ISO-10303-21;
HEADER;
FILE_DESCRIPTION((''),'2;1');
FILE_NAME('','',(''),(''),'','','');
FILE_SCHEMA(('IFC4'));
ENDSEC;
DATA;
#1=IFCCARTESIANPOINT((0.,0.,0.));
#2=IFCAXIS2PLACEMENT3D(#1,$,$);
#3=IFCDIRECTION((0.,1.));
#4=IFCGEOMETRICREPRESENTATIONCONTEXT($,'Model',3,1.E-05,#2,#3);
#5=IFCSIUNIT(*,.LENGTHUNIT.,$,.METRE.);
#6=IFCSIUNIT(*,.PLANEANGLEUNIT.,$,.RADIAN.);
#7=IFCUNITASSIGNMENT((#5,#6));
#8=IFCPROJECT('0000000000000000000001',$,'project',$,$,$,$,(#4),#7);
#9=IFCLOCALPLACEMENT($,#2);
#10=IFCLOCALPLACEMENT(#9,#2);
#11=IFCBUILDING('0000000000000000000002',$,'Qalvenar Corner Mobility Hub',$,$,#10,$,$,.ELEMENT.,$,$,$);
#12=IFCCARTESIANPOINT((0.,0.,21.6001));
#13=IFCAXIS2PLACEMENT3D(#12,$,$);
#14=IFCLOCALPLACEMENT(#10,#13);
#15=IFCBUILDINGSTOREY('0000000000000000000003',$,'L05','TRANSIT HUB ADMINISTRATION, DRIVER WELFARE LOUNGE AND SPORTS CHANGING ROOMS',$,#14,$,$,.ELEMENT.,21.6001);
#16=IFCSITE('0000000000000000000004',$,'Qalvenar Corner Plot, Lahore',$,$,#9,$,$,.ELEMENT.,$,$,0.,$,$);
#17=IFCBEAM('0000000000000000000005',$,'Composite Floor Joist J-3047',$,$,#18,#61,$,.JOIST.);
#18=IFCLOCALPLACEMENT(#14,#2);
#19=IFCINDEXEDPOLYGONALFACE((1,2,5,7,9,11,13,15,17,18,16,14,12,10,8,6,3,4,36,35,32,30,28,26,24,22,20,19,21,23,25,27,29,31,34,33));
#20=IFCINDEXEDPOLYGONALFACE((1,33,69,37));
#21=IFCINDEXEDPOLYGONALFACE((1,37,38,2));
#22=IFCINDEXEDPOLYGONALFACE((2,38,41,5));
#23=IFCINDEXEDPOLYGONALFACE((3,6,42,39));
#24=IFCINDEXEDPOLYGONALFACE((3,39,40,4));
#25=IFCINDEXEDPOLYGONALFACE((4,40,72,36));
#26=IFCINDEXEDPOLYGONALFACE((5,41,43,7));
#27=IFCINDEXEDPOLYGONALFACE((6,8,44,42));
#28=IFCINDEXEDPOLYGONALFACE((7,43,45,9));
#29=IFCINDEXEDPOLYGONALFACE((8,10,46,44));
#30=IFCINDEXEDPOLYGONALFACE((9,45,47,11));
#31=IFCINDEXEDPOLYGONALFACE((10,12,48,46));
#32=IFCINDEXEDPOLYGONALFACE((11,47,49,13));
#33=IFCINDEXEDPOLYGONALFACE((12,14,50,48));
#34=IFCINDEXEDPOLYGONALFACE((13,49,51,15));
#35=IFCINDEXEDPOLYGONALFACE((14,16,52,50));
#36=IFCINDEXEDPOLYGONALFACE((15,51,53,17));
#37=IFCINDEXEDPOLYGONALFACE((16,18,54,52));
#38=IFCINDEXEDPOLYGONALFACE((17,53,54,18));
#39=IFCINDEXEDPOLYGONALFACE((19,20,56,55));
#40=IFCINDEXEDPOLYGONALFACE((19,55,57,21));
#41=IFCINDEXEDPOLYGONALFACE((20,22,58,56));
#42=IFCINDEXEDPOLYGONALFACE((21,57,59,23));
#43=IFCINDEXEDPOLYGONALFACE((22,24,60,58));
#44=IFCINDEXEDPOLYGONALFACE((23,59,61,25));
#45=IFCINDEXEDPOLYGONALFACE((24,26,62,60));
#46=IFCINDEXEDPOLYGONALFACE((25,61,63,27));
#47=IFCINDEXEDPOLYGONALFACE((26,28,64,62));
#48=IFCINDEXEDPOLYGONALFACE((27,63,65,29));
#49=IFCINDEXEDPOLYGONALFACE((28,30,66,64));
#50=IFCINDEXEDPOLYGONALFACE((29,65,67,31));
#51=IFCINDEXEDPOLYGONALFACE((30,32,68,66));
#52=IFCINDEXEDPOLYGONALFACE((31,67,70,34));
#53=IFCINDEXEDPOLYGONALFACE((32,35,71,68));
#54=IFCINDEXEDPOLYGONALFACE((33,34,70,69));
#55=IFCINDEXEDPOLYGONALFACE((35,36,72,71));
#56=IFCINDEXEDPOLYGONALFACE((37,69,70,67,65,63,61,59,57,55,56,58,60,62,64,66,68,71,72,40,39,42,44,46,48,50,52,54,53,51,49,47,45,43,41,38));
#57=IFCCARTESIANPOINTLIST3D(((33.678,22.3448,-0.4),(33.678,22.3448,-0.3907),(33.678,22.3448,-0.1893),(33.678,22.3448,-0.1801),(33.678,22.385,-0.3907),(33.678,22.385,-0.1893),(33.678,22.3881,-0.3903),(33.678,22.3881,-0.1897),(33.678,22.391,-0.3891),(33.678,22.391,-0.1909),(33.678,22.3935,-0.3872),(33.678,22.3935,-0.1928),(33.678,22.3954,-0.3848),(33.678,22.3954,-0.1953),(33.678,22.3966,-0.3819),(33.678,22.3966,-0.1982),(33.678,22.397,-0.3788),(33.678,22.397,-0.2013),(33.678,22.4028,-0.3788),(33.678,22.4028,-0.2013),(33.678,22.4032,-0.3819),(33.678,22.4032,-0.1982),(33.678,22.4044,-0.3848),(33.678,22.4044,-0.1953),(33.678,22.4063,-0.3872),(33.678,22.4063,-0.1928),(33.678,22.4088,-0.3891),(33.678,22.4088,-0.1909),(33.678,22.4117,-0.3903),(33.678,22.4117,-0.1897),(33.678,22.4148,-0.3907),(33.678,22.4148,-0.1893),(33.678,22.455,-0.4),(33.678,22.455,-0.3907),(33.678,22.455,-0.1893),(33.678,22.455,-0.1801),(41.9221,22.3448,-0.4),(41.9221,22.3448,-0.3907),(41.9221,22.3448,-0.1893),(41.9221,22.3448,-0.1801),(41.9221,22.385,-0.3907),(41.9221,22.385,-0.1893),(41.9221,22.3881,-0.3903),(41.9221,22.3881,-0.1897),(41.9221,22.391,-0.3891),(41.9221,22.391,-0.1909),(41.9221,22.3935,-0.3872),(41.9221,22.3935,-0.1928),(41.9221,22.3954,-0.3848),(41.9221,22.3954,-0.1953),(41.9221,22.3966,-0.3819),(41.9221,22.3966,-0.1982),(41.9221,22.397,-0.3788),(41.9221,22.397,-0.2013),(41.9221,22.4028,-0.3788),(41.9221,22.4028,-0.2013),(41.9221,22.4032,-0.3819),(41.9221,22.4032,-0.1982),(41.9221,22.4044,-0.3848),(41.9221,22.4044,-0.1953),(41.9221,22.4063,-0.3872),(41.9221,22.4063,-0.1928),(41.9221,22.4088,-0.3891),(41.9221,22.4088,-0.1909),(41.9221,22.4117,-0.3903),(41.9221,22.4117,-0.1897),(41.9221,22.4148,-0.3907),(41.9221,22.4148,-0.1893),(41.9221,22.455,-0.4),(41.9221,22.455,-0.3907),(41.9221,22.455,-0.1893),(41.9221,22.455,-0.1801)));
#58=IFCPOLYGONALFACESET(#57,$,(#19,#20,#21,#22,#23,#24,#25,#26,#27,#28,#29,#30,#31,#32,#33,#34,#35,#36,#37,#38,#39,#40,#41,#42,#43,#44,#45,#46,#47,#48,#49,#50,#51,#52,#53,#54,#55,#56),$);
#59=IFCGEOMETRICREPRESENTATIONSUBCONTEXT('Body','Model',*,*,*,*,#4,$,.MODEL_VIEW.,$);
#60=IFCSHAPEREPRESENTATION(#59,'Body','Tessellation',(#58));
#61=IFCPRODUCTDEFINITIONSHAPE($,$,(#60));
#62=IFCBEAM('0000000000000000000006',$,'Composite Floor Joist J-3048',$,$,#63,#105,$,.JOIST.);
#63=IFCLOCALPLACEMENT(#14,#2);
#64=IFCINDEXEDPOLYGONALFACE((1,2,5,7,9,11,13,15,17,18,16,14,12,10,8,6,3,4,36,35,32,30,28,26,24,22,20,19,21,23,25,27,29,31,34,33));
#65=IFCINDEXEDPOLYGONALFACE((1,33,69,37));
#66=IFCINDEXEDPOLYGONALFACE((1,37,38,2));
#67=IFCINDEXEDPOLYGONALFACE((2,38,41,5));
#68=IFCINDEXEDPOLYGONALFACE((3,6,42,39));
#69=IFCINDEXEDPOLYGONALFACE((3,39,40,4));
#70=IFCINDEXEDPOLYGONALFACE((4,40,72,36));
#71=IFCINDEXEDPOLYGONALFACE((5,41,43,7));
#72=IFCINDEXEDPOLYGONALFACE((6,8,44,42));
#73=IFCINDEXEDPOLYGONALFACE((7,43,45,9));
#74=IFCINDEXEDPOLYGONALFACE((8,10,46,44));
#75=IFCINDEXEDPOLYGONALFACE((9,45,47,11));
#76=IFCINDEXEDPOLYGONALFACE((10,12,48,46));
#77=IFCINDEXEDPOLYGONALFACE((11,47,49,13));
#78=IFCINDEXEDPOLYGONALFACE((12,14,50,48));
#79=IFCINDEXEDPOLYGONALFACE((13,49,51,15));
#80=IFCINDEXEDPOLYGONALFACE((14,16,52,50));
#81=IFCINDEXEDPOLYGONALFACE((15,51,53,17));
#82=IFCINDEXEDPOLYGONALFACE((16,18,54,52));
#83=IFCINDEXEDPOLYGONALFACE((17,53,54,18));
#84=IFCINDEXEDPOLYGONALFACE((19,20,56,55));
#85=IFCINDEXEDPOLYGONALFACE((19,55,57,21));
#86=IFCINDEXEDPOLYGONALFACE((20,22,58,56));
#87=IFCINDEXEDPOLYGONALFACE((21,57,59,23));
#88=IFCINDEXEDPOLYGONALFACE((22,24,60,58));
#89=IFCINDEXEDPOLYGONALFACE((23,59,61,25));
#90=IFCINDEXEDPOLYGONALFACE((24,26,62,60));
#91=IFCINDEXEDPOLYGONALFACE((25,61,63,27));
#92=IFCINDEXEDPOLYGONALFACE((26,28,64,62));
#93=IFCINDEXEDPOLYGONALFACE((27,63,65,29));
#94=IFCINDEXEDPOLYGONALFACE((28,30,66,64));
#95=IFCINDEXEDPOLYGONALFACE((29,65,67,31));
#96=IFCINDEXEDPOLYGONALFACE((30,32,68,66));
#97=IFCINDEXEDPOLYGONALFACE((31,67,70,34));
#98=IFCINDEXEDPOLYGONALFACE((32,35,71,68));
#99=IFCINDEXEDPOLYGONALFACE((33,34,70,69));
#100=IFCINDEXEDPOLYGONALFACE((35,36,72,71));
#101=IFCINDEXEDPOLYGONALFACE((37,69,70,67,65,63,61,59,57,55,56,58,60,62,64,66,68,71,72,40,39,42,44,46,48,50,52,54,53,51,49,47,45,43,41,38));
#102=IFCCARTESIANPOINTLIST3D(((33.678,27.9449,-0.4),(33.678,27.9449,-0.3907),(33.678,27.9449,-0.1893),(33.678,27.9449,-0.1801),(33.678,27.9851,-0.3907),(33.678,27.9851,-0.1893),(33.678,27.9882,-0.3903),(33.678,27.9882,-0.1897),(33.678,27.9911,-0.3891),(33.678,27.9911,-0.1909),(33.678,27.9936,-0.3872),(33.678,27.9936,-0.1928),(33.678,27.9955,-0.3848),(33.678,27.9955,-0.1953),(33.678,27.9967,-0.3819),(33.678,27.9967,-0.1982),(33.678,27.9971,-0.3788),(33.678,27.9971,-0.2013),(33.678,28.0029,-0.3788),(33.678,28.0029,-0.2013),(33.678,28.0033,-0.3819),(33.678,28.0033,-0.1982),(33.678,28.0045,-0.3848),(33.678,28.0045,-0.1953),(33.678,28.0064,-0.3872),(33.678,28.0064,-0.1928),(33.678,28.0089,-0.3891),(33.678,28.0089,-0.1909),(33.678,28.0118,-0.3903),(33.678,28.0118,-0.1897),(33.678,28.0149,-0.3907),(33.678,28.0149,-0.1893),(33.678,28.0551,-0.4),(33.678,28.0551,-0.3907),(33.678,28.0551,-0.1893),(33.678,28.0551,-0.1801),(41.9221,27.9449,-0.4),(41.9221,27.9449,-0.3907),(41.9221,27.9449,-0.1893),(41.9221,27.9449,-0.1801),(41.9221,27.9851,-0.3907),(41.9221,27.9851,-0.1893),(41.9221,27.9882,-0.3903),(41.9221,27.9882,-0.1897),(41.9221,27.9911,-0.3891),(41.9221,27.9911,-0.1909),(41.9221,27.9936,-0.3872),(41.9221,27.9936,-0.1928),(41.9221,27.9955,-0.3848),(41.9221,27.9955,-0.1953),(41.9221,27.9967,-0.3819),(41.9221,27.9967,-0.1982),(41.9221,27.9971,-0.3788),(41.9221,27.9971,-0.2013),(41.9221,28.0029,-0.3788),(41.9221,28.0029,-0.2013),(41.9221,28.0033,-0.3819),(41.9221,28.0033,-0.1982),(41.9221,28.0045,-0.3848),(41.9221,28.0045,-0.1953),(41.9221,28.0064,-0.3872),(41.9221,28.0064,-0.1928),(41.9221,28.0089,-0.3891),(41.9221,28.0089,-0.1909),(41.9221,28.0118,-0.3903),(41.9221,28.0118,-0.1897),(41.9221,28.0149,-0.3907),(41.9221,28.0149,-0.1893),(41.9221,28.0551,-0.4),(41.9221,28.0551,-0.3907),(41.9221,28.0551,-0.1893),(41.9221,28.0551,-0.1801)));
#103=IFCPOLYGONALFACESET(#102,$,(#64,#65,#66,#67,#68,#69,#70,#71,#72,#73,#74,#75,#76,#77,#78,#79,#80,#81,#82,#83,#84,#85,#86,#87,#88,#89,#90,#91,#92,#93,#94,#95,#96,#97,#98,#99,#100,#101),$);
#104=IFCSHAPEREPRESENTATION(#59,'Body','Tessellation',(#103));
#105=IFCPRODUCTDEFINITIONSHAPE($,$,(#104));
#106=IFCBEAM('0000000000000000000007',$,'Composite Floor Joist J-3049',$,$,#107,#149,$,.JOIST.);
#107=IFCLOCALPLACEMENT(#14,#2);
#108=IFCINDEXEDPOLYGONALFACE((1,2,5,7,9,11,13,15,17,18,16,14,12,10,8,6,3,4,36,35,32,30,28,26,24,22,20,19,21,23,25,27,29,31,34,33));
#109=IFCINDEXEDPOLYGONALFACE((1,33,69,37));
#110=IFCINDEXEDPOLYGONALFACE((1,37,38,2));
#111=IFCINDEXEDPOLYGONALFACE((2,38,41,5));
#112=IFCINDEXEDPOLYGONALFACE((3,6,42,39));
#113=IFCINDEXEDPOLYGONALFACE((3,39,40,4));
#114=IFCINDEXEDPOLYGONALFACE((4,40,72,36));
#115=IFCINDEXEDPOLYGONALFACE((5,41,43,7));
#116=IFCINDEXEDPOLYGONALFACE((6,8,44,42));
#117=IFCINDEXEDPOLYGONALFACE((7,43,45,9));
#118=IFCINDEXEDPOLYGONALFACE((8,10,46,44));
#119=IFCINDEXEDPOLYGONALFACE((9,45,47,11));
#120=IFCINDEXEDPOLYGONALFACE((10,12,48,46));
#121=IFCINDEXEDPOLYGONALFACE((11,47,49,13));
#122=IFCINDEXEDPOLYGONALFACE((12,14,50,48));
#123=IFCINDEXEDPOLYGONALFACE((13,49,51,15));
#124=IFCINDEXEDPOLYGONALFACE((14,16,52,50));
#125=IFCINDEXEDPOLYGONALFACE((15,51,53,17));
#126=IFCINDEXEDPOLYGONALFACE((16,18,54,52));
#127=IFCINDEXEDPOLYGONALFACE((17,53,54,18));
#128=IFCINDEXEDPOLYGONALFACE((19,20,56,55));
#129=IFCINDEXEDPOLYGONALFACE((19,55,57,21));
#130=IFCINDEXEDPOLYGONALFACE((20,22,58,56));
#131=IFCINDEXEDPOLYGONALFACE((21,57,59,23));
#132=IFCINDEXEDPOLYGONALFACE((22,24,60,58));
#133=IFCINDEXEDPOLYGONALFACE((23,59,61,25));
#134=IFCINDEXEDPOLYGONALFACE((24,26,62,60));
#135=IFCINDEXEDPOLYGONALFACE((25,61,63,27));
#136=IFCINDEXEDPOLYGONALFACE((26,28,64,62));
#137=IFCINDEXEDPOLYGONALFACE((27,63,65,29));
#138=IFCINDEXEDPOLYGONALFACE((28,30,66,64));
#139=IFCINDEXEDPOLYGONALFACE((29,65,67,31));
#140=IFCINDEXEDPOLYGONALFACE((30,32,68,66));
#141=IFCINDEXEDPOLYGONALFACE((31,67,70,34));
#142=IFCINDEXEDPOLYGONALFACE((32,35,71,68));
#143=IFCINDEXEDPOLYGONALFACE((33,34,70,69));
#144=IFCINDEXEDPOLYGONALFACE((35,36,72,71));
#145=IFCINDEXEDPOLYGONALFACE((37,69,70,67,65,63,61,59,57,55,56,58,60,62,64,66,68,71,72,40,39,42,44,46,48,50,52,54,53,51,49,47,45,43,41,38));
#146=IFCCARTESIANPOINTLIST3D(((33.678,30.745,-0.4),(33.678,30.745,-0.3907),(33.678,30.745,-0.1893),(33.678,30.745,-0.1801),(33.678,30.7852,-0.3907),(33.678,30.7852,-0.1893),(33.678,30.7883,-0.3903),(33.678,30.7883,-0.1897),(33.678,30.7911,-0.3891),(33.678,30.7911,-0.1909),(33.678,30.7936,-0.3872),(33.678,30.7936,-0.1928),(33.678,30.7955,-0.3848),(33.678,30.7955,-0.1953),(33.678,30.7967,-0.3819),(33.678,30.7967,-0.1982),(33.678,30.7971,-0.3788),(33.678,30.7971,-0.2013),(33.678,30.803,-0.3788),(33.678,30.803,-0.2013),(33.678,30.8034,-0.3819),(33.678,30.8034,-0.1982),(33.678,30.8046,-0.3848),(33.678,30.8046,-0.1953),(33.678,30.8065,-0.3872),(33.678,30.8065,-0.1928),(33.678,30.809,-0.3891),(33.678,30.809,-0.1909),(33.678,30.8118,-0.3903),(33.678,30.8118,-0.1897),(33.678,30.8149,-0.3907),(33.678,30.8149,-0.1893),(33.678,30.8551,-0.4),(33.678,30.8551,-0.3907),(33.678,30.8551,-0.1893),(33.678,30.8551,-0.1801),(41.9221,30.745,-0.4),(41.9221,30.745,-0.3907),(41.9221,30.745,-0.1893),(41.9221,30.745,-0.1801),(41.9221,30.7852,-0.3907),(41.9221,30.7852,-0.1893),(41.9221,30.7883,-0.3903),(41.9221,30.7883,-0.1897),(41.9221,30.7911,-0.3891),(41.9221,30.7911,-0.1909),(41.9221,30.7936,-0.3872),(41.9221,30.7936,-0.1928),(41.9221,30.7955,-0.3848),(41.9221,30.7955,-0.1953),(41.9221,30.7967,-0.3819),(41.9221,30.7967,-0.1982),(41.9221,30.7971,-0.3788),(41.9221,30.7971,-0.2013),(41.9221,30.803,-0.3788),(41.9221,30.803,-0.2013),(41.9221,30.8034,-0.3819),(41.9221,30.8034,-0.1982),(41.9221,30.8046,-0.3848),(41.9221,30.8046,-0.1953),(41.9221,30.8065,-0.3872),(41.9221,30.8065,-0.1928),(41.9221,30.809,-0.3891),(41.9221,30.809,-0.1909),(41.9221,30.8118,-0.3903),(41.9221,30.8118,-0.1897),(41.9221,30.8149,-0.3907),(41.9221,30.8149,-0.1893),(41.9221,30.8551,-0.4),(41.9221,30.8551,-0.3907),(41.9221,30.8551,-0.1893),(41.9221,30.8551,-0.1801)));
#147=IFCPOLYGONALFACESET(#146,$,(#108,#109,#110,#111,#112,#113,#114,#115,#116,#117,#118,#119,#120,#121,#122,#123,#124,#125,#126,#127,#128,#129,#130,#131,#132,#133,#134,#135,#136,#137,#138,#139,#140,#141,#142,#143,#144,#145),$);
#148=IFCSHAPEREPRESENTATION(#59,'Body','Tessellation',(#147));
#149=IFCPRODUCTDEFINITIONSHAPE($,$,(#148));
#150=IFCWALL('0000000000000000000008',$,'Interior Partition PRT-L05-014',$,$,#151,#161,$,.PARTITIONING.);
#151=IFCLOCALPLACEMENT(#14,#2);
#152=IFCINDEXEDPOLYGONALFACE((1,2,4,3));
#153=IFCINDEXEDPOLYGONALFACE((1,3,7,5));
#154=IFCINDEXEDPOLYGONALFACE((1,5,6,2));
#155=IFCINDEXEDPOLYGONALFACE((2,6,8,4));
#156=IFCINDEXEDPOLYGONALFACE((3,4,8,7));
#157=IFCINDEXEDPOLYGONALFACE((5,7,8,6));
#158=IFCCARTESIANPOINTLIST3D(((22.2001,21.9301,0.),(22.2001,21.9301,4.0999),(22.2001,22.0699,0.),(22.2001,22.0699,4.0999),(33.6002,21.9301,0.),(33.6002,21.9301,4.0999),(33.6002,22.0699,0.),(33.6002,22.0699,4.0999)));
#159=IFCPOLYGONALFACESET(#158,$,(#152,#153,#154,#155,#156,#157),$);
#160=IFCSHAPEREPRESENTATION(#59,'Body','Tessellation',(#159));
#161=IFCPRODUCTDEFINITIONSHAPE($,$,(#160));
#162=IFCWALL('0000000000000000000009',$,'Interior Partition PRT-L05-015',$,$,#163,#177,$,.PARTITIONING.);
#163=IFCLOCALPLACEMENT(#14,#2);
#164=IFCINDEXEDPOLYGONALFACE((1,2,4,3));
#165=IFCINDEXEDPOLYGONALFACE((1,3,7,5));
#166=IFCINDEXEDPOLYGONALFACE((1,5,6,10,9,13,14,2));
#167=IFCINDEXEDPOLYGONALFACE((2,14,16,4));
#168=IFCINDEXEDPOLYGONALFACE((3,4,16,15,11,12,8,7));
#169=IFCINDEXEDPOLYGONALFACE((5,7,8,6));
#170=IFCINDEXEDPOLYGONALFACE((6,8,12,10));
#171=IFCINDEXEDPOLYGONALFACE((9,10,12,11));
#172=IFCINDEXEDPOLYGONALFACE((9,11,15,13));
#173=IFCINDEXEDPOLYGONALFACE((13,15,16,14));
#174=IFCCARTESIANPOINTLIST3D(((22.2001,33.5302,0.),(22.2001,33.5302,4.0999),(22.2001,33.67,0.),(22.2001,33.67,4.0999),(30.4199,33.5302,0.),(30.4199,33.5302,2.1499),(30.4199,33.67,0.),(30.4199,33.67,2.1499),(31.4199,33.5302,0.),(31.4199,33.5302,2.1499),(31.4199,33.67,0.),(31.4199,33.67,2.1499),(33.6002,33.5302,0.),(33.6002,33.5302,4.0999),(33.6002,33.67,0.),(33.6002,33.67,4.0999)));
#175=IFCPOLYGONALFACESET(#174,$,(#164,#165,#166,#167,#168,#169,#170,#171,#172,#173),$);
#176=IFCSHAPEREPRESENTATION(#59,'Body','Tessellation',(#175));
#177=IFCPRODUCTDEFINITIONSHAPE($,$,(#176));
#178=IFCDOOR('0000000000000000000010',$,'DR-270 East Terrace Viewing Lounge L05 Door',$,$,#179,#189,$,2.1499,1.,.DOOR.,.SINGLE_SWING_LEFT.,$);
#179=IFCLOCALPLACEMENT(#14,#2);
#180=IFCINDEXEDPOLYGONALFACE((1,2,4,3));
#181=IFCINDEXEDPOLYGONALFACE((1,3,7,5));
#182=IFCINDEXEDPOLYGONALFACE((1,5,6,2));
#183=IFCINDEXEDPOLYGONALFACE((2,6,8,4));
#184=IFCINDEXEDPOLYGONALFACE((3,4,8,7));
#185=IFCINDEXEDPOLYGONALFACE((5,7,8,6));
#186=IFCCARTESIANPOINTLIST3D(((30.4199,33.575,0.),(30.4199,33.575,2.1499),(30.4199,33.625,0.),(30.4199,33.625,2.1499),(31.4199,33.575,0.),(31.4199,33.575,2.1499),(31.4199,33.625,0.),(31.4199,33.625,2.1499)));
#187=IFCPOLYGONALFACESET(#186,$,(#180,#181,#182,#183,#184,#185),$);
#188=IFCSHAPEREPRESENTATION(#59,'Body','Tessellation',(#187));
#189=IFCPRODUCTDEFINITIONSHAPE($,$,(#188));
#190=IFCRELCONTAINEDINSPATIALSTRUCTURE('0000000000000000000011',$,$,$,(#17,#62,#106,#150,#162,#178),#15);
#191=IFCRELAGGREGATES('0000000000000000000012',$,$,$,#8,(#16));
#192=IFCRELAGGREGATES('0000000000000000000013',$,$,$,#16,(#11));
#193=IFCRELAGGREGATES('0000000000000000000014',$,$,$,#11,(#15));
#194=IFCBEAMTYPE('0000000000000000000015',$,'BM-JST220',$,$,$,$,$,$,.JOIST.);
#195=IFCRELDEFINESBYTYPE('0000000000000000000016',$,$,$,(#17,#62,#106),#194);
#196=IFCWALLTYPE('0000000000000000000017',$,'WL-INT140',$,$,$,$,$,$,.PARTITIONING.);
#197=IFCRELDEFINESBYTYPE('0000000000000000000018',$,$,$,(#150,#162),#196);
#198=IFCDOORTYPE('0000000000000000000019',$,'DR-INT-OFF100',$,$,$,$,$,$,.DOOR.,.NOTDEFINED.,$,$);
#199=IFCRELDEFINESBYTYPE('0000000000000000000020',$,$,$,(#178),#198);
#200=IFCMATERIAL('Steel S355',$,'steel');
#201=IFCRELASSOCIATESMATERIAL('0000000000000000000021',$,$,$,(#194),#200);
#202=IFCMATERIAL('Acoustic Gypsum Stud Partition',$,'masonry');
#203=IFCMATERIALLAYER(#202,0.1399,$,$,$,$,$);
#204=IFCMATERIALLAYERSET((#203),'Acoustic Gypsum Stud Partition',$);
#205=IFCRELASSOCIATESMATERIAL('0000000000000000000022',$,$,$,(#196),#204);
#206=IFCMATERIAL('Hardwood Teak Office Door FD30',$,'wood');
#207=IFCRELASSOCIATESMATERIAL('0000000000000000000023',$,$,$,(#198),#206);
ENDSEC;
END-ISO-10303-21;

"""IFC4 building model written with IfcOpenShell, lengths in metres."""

from ifc_helpers import new_model, si_unit, direction, frame, frame_2d, origin, origin_2d, place, context, subcontext, project, spatial, rectangle, i_section, extrude, material, layer, layer_set, material_profile, profile_set, type_object, element, fill, save


model = new_model("IFC4")

# Units and contexts
model_context = context("Model", 3, precision=1e-05, world=origin(), true_north=direction((0.0, 1.0)))
body_context = subcontext(model_context, "Body", "Model", "MODEL_VIEW")
ifc_project = project(units=[si_unit("LENGTHUNIT", "METRE"), si_unit("PLANEANGLEUNIT", "RADIAN")], contexts=[model_context])

# Site, building, storey
site_placement = place(None, origin())
site = spatial("IfcSite", under=ifc_project, at=site_placement, Name="Qalvenar Corner Plot, Lahore", CompositionType="ELEMENT", RefElevation=0.0)
building_placement = place(site_placement, origin())
building = spatial("IfcBuilding", under=site, at=building_placement, Name="Qalvenar Corner Mobility Hub", CompositionType="ELEMENT")
storey_placement = place(building_placement, frame((0.0, 0.0, 21.6001)))
storey = spatial("IfcBuildingStorey", under=building, at=storey_placement, Name="L05", Description="TRANSIT HUB ADMINISTRATION, DRIVER WELFARE LOUNGE AND SPORTS CHANGING ROOMS", CompositionType="ELEMENT", Elevation=21.6001)

# Shared definitions
ifc_material_1 = material(Name="Steel S355", Category="steel")

# Beams
ifc_material_profile_1 = material_profile(ifc_material_1, i_section(OverallWidth=0.1101, OverallDepth=0.22, WebThickness=0.0059, FlangeThickness=0.0093, FilletRadius=0.012, at=origin_2d()), Name="IPE220")
ifc_profile_set_1 = profile_set([ifc_material_profile_1], Name="Steel S355")
beam_type_1 = type_object("IfcBeamType", Name="BM-JST220", PredefinedType="JOIST", material=ifc_profile_set_1)
for number, where, z_axis, x_axis, name in (
    (1, (33.678, 22.3999, -0.29), (1.0, 0.0, 0.0), (0.0, 1.0, 0.0), "Composite Floor Joist J-3047"),
    (2, (33.678, 28.0, -0.29), (1.0, 0.0, 0.0), (0.0, 1.0, 0.0), "Composite Floor Joist J-3048"),
    (3, (33.678, 30.8, -0.29), (1.0, 0.0, 0.0), (0.0, 1.0, 0.0), "Composite Floor Joist J-3049"),
):
    element("IfcBeam", number, at=place(storey_placement, frame(where, z_axis=z_axis, x_axis=x_axis)), inside=storey, type_object=beam_type_1, Name=name, PredefinedType="JOIST", context=body_context, shape_type="SweptSolid", body=[
        extrude(i_section(OverallWidth=0.1101, OverallDepth=0.22, WebThickness=0.0059, FlangeThickness=0.0093, FilletRadius=0.012, at=origin_2d()), origin(), (0.0, 0.0, 1.0), 8.2441),
    ])

# Wall
ifc_material_2 = material(Name="Acoustic Gypsum Stud Partition", Category="masonry")
ifc_layer = layer(ifc_material_2, 0.1399)
ifc_layer_set = layer_set([ifc_layer], Name="Acoustic Gypsum Stud Partition")
wall_type = type_object("IfcWallType", Name="WL-INT140", PredefinedType="PARTITIONING", material=ifc_layer_set)
wall_1_placement = place(storey_placement, frame((22.2, 22.0, 0.0), z_axis=(0.0, 0.0, 1.0), x_axis=(1.0, 0.0, 0.0)))
element("IfcWall", 4, at=wall_1_placement, inside=storey, type_object=wall_type, Name="Interior Partition PRT-L05-014", PredefinedType="PARTITIONING", context=body_context, shape_type="SweptSolid", body=[
    extrude(rectangle(XDim=11.4001, YDim=0.1399, at=frame_2d((5.7002, 0.0))), origin(), (0.0, 0.0, 1.0), 4.0999),
])

# Wall, opening, door
wall_2_placement = place(storey_placement, frame((22.2, 33.6001, 0.0), z_axis=(0.0, 0.0, 1.0), x_axis=(1.0, 0.0, 0.0)))
wall_2 = element("IfcWall", 5, at=wall_2_placement, inside=storey, type_object=wall_type, Name="Interior Partition PRT-L05-015", PredefinedType="PARTITIONING", context=body_context, shape_type="SweptSolid", body=[
    extrude(rectangle(XDim=11.4001, YDim=0.1399, at=frame_2d((5.7002, 0.0))), origin(), (0.0, 0.0, 1.0), 4.0999),
])
opening_1_placement = place(wall_2_placement, frame((8.22, 0.0, 0.0)))
opening_1 = element("IfcOpeningElement", 6, at=opening_1_placement, cuts=wall_2, PredefinedType="OPENING", context=body_context, shape_type="SweptSolid", body=[
    extrude(rectangle(XDim=1.0, YDim=2.1499, at=frame_2d((0.5, 1.075))), frame((0.0, 0.0801, 0.0), z_axis=(0.0, -1.0, 0.0), x_axis=(1.0, 0.0, 0.0)), (0.0, 0.0, 1.0), 0.1599),
])
ifc_material_3 = material(Name="Hardwood Teak Office Door FD30", Category="wood")
door_type_1 = type_object("IfcDoorType", Name="DR-INT-OFF100", OperationType="NOTDEFINED", PredefinedType="DOOR", material=ifc_material_3)
door_1_placement = place(opening_1_placement, origin())
door_1 = element("IfcDoor", 7, at=door_1_placement, inside=storey, type_object=door_type_1, Name="DR-270 East Terrace Viewing Lounge L05 Door", OperationType="SINGLE_SWING_LEFT", OverallHeight=2.1499, OverallWidth=1.0, PredefinedType="DOOR", context=body_context, shape_type="SweptSolid", body=[
    extrude(rectangle(XDim=1.0, YDim=2.1499, at=frame_2d((0.5, 1.075))), frame((0.0, 0.0249, 0.0), z_axis=(0.0, -1.0, 0.0), x_axis=(1.0, 0.0, 0.0)), (0.0, 0.0, 1.0), 0.05),
])
fill(opening_1, door_1)

save(model, "model.ifc")
